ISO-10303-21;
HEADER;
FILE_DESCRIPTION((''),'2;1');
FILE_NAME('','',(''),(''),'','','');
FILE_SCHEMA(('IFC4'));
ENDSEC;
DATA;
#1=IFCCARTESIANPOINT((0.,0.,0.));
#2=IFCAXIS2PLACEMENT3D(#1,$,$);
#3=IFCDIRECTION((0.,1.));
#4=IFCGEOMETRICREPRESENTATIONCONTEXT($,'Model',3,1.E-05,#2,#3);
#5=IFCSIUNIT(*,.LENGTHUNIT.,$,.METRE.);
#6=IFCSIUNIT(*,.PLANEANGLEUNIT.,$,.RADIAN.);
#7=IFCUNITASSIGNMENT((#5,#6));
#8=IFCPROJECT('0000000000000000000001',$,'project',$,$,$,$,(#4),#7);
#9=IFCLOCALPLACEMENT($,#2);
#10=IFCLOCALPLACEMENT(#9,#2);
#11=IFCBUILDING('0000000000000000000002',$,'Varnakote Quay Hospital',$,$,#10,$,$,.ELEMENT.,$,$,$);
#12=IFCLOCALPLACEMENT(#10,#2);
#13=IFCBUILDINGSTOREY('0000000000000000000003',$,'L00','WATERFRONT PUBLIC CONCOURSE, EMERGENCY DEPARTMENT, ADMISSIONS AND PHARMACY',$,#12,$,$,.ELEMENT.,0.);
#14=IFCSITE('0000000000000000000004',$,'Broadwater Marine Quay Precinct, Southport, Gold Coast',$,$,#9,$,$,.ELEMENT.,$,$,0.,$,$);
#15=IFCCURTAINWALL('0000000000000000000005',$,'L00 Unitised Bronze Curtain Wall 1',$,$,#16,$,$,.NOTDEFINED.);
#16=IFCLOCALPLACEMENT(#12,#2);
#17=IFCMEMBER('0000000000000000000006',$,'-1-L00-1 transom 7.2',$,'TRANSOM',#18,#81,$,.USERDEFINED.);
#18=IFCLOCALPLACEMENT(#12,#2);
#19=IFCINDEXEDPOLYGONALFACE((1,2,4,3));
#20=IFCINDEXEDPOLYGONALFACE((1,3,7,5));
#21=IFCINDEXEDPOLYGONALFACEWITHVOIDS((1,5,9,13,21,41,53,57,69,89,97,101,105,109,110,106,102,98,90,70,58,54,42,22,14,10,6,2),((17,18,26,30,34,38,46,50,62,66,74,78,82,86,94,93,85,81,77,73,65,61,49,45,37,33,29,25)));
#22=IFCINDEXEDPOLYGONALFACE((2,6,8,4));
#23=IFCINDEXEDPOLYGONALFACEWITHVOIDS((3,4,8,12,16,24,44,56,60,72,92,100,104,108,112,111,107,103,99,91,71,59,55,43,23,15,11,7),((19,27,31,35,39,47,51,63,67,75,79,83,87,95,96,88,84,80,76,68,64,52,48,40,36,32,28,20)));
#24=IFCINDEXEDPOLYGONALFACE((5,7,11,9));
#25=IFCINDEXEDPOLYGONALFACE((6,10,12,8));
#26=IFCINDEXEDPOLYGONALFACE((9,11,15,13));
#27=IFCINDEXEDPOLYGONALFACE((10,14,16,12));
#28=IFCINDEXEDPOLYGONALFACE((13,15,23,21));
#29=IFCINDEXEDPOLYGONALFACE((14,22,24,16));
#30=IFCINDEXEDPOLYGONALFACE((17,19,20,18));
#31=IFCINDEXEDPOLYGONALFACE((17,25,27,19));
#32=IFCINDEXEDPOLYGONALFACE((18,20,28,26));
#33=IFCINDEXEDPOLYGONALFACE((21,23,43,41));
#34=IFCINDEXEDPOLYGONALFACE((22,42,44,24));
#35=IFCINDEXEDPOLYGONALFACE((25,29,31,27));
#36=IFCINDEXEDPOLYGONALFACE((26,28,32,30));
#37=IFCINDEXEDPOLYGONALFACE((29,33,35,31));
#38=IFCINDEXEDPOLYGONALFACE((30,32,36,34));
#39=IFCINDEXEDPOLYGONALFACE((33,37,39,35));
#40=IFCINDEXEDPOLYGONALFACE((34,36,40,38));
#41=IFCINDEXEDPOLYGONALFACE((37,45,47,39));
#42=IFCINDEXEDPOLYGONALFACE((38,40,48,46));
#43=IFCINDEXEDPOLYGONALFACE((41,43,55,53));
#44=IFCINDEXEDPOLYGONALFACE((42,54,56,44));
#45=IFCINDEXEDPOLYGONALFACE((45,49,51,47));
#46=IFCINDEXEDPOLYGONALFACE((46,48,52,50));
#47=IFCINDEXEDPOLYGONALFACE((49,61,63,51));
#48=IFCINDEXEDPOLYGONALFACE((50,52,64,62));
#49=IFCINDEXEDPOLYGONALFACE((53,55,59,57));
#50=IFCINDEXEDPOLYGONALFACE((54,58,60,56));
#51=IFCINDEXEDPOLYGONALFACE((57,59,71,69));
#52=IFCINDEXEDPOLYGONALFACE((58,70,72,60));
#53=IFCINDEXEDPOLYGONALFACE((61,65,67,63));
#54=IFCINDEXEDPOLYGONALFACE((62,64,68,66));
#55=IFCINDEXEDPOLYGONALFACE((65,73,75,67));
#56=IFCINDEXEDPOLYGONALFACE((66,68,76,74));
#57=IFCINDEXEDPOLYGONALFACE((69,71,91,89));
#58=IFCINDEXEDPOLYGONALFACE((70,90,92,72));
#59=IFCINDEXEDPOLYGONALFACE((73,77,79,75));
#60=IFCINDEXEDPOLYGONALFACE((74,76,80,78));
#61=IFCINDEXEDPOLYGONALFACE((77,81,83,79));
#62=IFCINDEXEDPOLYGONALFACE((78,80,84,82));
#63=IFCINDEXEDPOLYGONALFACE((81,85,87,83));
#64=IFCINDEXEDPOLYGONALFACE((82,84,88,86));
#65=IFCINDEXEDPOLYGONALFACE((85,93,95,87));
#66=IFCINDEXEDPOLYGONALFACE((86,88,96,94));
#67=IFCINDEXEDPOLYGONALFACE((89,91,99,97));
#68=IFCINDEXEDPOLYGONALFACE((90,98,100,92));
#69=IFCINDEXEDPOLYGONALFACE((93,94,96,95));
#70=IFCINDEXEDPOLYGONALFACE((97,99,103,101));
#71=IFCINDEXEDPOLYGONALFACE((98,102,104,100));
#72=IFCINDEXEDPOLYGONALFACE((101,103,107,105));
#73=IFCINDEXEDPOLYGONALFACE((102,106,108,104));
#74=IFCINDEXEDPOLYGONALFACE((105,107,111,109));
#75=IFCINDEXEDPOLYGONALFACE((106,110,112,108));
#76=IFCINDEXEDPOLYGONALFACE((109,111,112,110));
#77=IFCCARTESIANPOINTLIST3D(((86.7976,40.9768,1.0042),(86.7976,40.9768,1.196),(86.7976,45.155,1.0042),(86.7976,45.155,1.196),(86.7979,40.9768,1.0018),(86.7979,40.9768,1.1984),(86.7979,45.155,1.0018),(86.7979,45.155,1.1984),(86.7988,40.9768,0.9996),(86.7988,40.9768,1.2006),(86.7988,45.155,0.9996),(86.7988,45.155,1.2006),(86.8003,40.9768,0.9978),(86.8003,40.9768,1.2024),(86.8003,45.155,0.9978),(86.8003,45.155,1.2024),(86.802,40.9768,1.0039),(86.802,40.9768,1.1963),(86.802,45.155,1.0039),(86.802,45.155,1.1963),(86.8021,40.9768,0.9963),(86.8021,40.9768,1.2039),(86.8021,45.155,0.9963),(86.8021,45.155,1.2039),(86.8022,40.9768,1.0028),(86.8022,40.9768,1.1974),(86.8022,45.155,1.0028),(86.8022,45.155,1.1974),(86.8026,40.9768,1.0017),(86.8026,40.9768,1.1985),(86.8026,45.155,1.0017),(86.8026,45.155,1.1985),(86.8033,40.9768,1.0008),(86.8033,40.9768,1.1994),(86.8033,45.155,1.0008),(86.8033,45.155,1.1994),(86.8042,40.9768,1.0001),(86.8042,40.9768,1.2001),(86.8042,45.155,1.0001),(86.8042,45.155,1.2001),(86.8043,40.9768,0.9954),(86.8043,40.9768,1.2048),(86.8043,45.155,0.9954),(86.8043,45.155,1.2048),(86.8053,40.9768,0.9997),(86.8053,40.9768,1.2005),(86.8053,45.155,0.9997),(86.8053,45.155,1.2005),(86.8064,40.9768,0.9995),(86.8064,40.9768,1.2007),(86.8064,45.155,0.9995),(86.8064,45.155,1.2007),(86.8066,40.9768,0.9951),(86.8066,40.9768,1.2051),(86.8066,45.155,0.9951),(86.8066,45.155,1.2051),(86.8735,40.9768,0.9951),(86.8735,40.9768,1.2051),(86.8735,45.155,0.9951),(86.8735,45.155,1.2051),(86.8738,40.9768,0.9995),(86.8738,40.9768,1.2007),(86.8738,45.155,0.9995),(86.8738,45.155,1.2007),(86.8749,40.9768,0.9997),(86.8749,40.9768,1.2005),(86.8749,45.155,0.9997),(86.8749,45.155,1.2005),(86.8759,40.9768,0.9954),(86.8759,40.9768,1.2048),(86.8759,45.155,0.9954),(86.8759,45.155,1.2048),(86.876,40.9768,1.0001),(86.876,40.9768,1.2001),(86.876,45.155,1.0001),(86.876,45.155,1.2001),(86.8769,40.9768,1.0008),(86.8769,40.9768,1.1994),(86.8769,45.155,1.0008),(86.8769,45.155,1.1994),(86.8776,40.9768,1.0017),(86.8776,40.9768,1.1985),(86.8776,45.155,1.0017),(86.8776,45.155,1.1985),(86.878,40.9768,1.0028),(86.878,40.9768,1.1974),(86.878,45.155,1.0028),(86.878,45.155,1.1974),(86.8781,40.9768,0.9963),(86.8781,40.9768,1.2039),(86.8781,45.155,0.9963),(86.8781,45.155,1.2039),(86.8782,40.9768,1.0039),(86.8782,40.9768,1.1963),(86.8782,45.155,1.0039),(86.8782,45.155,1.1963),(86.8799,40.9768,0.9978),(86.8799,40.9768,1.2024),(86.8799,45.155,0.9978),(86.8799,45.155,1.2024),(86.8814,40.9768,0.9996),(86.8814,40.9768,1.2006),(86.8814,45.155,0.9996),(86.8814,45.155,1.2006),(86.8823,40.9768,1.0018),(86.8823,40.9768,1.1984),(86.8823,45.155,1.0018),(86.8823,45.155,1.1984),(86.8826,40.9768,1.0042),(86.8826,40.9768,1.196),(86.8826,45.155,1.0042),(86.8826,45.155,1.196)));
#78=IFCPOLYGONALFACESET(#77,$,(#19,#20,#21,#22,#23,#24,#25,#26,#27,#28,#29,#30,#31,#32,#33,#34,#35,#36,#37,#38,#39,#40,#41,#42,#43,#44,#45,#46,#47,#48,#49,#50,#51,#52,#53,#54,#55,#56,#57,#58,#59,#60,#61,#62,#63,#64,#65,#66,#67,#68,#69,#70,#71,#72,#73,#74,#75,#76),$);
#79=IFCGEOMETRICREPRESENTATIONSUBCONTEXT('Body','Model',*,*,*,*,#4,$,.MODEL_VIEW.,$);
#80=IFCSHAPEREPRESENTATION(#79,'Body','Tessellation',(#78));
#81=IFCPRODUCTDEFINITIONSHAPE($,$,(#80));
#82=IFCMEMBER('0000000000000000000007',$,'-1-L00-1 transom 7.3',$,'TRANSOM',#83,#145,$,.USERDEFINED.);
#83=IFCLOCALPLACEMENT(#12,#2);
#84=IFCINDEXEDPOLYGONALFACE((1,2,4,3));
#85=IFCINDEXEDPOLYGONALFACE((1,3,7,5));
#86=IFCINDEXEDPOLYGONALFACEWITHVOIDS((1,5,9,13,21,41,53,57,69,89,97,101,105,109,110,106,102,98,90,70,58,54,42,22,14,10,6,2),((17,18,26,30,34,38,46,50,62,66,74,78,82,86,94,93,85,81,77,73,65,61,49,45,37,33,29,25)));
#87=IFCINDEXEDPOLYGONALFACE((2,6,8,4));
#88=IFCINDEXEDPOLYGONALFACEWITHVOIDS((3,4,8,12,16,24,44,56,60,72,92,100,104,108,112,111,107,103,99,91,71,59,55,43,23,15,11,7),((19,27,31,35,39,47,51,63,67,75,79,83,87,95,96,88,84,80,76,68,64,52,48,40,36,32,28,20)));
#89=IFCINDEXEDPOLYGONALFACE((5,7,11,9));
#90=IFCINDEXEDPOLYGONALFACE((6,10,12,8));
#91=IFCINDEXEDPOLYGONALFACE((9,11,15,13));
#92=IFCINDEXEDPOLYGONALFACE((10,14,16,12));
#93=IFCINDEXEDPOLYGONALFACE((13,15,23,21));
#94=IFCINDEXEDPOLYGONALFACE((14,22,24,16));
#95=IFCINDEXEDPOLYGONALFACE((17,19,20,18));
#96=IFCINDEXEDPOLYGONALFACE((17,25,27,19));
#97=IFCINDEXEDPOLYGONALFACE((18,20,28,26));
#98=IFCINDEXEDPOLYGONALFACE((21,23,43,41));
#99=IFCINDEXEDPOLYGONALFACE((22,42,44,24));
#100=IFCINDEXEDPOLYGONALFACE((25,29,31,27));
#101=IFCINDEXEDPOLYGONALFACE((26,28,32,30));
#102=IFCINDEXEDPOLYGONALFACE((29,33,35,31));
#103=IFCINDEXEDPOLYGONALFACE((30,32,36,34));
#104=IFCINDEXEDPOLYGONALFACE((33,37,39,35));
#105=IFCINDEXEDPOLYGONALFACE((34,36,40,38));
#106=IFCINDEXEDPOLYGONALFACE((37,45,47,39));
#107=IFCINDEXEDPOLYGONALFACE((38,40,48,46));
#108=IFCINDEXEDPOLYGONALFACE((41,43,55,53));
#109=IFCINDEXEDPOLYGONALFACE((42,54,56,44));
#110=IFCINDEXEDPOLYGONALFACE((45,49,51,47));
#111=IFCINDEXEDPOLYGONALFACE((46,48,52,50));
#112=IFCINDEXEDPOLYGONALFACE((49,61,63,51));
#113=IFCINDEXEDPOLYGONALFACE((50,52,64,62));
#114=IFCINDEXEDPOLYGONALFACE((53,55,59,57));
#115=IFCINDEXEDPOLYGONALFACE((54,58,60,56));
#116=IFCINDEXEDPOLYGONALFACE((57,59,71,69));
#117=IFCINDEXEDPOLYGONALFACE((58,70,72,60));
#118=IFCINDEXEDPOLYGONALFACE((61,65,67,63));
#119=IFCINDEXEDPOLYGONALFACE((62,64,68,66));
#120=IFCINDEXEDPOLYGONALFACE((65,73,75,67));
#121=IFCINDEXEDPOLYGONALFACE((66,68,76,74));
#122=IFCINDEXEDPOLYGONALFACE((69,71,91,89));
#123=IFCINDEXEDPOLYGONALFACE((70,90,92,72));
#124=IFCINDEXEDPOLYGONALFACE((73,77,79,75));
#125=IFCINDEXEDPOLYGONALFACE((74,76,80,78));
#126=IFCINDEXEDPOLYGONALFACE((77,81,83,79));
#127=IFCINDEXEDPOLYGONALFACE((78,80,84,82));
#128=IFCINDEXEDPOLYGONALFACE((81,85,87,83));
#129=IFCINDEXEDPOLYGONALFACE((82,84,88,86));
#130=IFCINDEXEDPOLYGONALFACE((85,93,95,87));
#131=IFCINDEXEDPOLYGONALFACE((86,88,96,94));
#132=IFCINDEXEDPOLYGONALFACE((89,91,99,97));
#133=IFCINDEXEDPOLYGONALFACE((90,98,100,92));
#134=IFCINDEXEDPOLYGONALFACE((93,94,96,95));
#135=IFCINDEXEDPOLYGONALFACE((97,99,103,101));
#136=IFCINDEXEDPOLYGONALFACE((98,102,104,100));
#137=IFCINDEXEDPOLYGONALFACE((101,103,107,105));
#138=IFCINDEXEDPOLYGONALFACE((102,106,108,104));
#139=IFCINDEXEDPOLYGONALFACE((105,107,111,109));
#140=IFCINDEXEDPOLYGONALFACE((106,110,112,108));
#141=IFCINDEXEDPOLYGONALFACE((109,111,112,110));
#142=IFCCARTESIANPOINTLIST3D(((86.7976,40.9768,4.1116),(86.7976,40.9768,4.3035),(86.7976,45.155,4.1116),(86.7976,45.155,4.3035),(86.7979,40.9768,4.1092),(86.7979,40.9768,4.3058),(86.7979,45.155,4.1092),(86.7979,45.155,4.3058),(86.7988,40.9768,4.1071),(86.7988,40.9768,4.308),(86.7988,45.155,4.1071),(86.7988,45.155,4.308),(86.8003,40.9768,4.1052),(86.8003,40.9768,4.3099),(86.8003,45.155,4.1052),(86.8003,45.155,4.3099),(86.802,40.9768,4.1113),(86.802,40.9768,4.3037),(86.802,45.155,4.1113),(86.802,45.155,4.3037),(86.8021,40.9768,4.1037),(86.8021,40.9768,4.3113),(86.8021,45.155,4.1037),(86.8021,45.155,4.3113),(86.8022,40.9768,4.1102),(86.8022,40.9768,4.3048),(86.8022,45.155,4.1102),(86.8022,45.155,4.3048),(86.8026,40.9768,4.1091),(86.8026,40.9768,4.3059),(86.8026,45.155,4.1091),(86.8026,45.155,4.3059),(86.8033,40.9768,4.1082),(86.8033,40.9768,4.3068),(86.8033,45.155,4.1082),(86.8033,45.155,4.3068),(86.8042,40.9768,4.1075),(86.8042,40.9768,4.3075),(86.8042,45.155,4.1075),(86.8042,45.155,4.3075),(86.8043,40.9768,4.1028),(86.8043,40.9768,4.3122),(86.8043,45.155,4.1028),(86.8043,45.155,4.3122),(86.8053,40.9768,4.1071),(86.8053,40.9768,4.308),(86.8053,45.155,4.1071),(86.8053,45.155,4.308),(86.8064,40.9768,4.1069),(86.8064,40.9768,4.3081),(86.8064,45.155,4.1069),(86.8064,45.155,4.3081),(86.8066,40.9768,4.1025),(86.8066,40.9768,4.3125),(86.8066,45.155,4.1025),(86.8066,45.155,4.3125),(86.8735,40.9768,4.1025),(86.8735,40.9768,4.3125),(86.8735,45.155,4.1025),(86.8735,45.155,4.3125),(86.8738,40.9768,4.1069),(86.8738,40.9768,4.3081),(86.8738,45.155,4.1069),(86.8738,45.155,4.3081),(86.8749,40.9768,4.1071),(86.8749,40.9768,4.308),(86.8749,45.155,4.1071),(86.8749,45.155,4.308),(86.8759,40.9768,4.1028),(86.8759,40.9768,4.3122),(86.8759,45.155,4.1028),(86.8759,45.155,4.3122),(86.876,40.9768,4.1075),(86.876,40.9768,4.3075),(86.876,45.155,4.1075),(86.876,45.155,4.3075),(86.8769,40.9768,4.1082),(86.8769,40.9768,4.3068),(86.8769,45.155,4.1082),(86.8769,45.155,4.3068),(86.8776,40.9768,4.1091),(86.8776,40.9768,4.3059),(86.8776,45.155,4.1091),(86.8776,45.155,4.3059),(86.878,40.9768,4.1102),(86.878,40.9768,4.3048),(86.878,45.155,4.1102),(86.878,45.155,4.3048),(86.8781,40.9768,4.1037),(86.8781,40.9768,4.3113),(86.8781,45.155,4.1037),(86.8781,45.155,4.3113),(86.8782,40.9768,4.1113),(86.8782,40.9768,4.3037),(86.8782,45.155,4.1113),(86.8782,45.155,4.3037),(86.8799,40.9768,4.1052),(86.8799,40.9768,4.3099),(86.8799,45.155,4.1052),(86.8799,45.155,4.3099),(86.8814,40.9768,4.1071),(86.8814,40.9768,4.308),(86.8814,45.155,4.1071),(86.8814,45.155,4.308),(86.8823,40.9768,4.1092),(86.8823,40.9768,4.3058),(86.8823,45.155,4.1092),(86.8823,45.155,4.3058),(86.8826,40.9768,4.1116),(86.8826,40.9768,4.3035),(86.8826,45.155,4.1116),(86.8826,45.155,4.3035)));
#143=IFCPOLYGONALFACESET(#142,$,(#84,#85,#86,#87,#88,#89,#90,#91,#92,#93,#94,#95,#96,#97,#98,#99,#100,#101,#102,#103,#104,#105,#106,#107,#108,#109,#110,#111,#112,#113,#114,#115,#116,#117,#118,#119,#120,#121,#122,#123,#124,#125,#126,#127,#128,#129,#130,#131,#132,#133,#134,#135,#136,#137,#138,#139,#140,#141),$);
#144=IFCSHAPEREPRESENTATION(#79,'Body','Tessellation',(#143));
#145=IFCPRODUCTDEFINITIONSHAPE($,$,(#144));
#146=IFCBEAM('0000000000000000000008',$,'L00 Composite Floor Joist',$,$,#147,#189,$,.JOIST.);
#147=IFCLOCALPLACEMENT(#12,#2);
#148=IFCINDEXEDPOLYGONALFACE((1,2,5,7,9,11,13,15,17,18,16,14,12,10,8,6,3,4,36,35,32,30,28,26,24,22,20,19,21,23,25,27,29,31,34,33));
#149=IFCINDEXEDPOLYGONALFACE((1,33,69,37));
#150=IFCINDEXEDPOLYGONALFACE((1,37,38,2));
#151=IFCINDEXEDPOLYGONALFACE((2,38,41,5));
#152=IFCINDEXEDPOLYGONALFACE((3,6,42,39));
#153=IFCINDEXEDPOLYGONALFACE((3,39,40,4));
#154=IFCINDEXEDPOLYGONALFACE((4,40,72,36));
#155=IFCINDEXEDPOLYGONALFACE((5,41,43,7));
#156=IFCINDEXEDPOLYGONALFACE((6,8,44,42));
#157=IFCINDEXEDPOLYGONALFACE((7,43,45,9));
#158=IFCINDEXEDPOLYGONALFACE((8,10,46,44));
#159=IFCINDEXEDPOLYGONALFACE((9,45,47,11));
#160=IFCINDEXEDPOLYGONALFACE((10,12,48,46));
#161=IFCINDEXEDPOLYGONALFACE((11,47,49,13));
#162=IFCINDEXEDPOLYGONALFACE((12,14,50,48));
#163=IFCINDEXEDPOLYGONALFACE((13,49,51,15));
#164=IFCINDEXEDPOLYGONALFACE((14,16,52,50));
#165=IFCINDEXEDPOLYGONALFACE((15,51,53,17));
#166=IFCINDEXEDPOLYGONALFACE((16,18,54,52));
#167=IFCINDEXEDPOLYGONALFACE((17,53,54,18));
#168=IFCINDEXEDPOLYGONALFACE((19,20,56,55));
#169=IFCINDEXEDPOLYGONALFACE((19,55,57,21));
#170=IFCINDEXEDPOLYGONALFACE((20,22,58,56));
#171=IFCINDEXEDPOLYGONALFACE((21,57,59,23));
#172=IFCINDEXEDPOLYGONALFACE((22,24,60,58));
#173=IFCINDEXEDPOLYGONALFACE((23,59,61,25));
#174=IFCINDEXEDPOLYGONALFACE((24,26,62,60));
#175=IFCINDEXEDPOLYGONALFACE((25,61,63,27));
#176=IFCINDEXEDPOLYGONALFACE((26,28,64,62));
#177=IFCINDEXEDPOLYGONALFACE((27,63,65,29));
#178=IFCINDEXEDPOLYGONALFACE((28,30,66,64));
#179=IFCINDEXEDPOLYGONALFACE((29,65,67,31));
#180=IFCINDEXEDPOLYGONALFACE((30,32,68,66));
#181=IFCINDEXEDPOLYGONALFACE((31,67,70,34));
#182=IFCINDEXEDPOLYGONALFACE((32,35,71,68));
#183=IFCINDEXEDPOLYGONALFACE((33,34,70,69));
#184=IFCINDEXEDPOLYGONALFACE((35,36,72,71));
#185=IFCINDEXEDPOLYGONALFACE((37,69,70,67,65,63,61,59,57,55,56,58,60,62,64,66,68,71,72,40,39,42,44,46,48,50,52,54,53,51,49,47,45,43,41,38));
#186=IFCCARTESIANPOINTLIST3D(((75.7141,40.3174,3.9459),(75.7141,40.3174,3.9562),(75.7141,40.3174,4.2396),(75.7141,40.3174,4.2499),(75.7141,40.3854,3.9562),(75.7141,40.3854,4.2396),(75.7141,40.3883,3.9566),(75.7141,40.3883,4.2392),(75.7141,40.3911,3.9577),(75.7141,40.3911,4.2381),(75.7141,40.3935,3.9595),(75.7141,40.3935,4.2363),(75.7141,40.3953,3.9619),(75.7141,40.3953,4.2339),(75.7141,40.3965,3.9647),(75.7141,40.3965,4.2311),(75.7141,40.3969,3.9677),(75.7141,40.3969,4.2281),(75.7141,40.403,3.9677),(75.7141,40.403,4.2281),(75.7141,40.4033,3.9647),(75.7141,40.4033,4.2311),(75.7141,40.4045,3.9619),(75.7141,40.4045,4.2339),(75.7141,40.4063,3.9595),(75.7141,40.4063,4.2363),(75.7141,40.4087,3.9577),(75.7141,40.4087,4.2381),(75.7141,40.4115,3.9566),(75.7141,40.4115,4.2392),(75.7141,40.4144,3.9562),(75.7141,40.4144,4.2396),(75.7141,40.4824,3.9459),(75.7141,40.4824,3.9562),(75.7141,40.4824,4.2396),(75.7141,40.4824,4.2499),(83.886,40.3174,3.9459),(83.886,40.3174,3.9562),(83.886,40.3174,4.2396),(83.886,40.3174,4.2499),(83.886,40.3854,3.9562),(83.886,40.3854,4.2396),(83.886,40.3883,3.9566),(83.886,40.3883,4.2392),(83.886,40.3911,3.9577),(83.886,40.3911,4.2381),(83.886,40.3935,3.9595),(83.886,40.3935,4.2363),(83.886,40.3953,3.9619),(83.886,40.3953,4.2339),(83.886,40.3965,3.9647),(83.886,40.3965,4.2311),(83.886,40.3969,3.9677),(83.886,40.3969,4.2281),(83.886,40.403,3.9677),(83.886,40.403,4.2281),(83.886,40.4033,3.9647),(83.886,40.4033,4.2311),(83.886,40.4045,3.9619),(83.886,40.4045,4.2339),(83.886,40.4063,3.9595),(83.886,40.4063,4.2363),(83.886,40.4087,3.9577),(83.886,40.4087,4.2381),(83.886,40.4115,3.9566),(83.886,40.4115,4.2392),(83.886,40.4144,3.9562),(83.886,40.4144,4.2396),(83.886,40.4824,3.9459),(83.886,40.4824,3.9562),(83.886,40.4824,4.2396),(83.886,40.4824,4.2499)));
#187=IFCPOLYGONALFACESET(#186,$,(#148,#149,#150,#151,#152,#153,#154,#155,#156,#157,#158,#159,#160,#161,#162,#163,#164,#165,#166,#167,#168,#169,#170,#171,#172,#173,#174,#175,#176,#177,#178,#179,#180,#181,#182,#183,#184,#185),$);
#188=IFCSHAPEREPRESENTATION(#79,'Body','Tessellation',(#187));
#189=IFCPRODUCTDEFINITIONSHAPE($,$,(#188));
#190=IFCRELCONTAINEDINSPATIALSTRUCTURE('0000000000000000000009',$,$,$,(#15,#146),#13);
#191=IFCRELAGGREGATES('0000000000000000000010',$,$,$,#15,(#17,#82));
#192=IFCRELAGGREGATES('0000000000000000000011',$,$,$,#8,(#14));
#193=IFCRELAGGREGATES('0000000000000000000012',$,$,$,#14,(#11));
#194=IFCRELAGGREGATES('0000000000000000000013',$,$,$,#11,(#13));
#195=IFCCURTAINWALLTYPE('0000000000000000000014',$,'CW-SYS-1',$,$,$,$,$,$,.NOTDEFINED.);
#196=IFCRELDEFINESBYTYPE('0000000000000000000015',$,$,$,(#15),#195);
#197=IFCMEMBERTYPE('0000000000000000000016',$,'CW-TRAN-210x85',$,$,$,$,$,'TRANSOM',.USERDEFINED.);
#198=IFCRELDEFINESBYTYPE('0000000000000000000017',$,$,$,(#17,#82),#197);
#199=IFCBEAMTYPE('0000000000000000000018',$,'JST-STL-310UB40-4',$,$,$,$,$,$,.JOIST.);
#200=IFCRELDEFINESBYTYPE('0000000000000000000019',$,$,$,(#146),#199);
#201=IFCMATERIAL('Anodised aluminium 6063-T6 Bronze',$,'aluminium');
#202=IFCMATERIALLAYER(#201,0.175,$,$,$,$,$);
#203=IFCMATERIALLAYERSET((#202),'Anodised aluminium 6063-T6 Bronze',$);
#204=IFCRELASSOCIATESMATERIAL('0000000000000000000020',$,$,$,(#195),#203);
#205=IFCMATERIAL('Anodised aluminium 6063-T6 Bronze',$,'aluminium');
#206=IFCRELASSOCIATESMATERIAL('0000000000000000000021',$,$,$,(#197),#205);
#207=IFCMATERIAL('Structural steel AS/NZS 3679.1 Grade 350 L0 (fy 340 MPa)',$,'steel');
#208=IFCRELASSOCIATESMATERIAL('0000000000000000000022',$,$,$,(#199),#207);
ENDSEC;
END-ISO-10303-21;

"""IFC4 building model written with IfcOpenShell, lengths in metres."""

from ifc_helpers import new_model, si_unit, direction, frame, origin, origin_2d, place, context, subcontext, project, spatial, hollow_rectangle, i_section, extrude, material, layer, layer_set, material_profile, profile_set, type_object, element, aggregate, save


model = new_model("IFC4")

# Units and contexts
model_context = context("Model", 3, precision=1e-05, world=origin(), true_north=direction((0.0, 1.0)))
body_context = subcontext(model_context, "Body", "Model", "MODEL_VIEW")
ifc_project = project(units=[si_unit("LENGTHUNIT", "METRE"), si_unit("PLANEANGLEUNIT", "RADIAN")], contexts=[model_context])

# Site, building, storey
site_placement = place(None, origin())
site = spatial("IfcSite", under=ifc_project, at=site_placement, Name="Broadwater Marine Quay Precinct, Southport, Gold Coast", CompositionType="ELEMENT", RefElevation=0.0)
building_placement = place(site_placement, origin())
building = spatial("IfcBuilding", under=site, at=building_placement, Name="Varnakote Quay Hospital", CompositionType="ELEMENT")
storey_placement = place(building_placement, origin())
storey = spatial("IfcBuildingStorey", under=building, at=storey_placement, Name="L00", Description="WATERFRONT PUBLIC CONCOURSE, EMERGENCY DEPARTMENT, ADMISSIONS AND PHARMACY", CompositionType="ELEMENT", Elevation=0.0)

# Curtain wall, members
ifc_material_1 = material(Name="Anodised aluminium 6063-T6 Bronze", Category="aluminium")
ifc_layer_1 = layer(ifc_material_1, 0.175)
ifc_layer_set_1 = layer_set([ifc_layer_1], Name="Anodised aluminium 6063-T6 Bronze")
curtain_wall_type = type_object("IfcCurtainWallType", Name="CW-SYS-1", PredefinedType="NOTDEFINED", material=ifc_layer_set_1)
curtain_wall_placement = place(storey_placement, origin())
curtain_wall = element("IfcCurtainWall", 1, at=curtain_wall_placement, inside=storey, type_object=curtain_wall_type, Name="L00 Unitised Bronze Curtain Wall 1", PredefinedType="NOTDEFINED")
ifc_material_2 = material(Name="Anodised aluminium 6063-T6 Bronze", Category="aluminium")
ifc_material_profile_1 = material_profile(ifc_material_2, hollow_rectangle(XDim=0.085, YDim=0.21, WallThickness=0.0044, InnerFilletRadius=0.0044, OuterFilletRadius=0.009, at=origin_2d()), Name="CW-TRAN-210x85")
ifc_profile_set_1 = profile_set([ifc_material_profile_1], Name="Anodised aluminium 6063-T6 Bronze")
member_type_1 = type_object("IfcMemberType", Name="CW-TRAN-210x85", ElementType="TRANSOM", PredefinedType="USERDEFINED", material=ifc_profile_set_1)
member_1_placement = place(storey_placement, frame((86.8401, 40.9768, 1.1001), z_axis=(0.0, 1.0, 0.0), x_axis=(-1.0, 0.0, 0.0)))
member_1 = element("IfcMember", 2, at=member_1_placement, type_object=member_type_1, Name="-1-L00-1 transom 7.2", ObjectType="TRANSOM", PredefinedType="USERDEFINED", context=body_context, shape_type="SweptSolid", body=[
    extrude(hollow_rectangle(XDim=0.085, YDim=0.21, WallThickness=0.0044, InnerFilletRadius=0.0044, OuterFilletRadius=0.009, at=origin_2d()), origin(), (0.0, 0.0, 1.0), 4.1782),
])
member_2_placement = place(storey_placement, frame((86.8401, 40.9768, 4.2075), z_axis=(0.0, 1.0, 0.0), x_axis=(-1.0, 0.0, 0.0)))
member_2 = element("IfcMember", 3, at=member_2_placement, type_object=member_type_1, Name="-1-L00-1 transom 7.3", ObjectType="TRANSOM", PredefinedType="USERDEFINED", context=body_context, shape_type="SweptSolid", body=[
    extrude(hollow_rectangle(XDim=0.085, YDim=0.21, WallThickness=0.0044, InnerFilletRadius=0.0044, OuterFilletRadius=0.009, at=origin_2d()), origin(), (0.0, 0.0, 1.0), 4.1782),
])

# Beam
ifc_material_3 = material(Name="Structural steel AS/NZS 3679.1 Grade 350 L0 (fy 340 MPa)", Category="steel")
ifc_material_profile_2 = material_profile(ifc_material_3, i_section(OverallWidth=0.165, OverallDepth=0.304, WebThickness=0.0061, FlangeThickness=0.0103, FilletRadius=0.0115, at=origin_2d()), Name="310UB40.4")
ifc_profile_set_2 = profile_set([ifc_material_profile_2], Name="Structural steel AS/NZS 3679.1 Grade 350 L0 (fy 340 MPa)")
beam_type_1 = type_object("IfcBeamType", Name="JST-STL-310UB40-4", PredefinedType="JOIST", material=ifc_profile_set_2)
beam_1_placement = place(storey_placement, frame((75.7141, 40.3999, 4.0979), z_axis=(1.0, 0.0, 0.0), x_axis=(0.0, 1.0, 0.0)))
element("IfcBeam", 4, at=beam_1_placement, inside=storey, type_object=beam_type_1, Name="L00 Composite Floor Joist", PredefinedType="JOIST", context=body_context, shape_type="SweptSolid", body=[
    extrude(i_section(OverallWidth=0.165, OverallDepth=0.304, WebThickness=0.0061, FlangeThickness=0.0103, FilletRadius=0.0115, at=origin_2d()), origin(), (0.0, 0.0, 1.0), 8.1719),
])

aggregate(curtain_wall, [member_1, member_2])

save(model, "model.ifc")
